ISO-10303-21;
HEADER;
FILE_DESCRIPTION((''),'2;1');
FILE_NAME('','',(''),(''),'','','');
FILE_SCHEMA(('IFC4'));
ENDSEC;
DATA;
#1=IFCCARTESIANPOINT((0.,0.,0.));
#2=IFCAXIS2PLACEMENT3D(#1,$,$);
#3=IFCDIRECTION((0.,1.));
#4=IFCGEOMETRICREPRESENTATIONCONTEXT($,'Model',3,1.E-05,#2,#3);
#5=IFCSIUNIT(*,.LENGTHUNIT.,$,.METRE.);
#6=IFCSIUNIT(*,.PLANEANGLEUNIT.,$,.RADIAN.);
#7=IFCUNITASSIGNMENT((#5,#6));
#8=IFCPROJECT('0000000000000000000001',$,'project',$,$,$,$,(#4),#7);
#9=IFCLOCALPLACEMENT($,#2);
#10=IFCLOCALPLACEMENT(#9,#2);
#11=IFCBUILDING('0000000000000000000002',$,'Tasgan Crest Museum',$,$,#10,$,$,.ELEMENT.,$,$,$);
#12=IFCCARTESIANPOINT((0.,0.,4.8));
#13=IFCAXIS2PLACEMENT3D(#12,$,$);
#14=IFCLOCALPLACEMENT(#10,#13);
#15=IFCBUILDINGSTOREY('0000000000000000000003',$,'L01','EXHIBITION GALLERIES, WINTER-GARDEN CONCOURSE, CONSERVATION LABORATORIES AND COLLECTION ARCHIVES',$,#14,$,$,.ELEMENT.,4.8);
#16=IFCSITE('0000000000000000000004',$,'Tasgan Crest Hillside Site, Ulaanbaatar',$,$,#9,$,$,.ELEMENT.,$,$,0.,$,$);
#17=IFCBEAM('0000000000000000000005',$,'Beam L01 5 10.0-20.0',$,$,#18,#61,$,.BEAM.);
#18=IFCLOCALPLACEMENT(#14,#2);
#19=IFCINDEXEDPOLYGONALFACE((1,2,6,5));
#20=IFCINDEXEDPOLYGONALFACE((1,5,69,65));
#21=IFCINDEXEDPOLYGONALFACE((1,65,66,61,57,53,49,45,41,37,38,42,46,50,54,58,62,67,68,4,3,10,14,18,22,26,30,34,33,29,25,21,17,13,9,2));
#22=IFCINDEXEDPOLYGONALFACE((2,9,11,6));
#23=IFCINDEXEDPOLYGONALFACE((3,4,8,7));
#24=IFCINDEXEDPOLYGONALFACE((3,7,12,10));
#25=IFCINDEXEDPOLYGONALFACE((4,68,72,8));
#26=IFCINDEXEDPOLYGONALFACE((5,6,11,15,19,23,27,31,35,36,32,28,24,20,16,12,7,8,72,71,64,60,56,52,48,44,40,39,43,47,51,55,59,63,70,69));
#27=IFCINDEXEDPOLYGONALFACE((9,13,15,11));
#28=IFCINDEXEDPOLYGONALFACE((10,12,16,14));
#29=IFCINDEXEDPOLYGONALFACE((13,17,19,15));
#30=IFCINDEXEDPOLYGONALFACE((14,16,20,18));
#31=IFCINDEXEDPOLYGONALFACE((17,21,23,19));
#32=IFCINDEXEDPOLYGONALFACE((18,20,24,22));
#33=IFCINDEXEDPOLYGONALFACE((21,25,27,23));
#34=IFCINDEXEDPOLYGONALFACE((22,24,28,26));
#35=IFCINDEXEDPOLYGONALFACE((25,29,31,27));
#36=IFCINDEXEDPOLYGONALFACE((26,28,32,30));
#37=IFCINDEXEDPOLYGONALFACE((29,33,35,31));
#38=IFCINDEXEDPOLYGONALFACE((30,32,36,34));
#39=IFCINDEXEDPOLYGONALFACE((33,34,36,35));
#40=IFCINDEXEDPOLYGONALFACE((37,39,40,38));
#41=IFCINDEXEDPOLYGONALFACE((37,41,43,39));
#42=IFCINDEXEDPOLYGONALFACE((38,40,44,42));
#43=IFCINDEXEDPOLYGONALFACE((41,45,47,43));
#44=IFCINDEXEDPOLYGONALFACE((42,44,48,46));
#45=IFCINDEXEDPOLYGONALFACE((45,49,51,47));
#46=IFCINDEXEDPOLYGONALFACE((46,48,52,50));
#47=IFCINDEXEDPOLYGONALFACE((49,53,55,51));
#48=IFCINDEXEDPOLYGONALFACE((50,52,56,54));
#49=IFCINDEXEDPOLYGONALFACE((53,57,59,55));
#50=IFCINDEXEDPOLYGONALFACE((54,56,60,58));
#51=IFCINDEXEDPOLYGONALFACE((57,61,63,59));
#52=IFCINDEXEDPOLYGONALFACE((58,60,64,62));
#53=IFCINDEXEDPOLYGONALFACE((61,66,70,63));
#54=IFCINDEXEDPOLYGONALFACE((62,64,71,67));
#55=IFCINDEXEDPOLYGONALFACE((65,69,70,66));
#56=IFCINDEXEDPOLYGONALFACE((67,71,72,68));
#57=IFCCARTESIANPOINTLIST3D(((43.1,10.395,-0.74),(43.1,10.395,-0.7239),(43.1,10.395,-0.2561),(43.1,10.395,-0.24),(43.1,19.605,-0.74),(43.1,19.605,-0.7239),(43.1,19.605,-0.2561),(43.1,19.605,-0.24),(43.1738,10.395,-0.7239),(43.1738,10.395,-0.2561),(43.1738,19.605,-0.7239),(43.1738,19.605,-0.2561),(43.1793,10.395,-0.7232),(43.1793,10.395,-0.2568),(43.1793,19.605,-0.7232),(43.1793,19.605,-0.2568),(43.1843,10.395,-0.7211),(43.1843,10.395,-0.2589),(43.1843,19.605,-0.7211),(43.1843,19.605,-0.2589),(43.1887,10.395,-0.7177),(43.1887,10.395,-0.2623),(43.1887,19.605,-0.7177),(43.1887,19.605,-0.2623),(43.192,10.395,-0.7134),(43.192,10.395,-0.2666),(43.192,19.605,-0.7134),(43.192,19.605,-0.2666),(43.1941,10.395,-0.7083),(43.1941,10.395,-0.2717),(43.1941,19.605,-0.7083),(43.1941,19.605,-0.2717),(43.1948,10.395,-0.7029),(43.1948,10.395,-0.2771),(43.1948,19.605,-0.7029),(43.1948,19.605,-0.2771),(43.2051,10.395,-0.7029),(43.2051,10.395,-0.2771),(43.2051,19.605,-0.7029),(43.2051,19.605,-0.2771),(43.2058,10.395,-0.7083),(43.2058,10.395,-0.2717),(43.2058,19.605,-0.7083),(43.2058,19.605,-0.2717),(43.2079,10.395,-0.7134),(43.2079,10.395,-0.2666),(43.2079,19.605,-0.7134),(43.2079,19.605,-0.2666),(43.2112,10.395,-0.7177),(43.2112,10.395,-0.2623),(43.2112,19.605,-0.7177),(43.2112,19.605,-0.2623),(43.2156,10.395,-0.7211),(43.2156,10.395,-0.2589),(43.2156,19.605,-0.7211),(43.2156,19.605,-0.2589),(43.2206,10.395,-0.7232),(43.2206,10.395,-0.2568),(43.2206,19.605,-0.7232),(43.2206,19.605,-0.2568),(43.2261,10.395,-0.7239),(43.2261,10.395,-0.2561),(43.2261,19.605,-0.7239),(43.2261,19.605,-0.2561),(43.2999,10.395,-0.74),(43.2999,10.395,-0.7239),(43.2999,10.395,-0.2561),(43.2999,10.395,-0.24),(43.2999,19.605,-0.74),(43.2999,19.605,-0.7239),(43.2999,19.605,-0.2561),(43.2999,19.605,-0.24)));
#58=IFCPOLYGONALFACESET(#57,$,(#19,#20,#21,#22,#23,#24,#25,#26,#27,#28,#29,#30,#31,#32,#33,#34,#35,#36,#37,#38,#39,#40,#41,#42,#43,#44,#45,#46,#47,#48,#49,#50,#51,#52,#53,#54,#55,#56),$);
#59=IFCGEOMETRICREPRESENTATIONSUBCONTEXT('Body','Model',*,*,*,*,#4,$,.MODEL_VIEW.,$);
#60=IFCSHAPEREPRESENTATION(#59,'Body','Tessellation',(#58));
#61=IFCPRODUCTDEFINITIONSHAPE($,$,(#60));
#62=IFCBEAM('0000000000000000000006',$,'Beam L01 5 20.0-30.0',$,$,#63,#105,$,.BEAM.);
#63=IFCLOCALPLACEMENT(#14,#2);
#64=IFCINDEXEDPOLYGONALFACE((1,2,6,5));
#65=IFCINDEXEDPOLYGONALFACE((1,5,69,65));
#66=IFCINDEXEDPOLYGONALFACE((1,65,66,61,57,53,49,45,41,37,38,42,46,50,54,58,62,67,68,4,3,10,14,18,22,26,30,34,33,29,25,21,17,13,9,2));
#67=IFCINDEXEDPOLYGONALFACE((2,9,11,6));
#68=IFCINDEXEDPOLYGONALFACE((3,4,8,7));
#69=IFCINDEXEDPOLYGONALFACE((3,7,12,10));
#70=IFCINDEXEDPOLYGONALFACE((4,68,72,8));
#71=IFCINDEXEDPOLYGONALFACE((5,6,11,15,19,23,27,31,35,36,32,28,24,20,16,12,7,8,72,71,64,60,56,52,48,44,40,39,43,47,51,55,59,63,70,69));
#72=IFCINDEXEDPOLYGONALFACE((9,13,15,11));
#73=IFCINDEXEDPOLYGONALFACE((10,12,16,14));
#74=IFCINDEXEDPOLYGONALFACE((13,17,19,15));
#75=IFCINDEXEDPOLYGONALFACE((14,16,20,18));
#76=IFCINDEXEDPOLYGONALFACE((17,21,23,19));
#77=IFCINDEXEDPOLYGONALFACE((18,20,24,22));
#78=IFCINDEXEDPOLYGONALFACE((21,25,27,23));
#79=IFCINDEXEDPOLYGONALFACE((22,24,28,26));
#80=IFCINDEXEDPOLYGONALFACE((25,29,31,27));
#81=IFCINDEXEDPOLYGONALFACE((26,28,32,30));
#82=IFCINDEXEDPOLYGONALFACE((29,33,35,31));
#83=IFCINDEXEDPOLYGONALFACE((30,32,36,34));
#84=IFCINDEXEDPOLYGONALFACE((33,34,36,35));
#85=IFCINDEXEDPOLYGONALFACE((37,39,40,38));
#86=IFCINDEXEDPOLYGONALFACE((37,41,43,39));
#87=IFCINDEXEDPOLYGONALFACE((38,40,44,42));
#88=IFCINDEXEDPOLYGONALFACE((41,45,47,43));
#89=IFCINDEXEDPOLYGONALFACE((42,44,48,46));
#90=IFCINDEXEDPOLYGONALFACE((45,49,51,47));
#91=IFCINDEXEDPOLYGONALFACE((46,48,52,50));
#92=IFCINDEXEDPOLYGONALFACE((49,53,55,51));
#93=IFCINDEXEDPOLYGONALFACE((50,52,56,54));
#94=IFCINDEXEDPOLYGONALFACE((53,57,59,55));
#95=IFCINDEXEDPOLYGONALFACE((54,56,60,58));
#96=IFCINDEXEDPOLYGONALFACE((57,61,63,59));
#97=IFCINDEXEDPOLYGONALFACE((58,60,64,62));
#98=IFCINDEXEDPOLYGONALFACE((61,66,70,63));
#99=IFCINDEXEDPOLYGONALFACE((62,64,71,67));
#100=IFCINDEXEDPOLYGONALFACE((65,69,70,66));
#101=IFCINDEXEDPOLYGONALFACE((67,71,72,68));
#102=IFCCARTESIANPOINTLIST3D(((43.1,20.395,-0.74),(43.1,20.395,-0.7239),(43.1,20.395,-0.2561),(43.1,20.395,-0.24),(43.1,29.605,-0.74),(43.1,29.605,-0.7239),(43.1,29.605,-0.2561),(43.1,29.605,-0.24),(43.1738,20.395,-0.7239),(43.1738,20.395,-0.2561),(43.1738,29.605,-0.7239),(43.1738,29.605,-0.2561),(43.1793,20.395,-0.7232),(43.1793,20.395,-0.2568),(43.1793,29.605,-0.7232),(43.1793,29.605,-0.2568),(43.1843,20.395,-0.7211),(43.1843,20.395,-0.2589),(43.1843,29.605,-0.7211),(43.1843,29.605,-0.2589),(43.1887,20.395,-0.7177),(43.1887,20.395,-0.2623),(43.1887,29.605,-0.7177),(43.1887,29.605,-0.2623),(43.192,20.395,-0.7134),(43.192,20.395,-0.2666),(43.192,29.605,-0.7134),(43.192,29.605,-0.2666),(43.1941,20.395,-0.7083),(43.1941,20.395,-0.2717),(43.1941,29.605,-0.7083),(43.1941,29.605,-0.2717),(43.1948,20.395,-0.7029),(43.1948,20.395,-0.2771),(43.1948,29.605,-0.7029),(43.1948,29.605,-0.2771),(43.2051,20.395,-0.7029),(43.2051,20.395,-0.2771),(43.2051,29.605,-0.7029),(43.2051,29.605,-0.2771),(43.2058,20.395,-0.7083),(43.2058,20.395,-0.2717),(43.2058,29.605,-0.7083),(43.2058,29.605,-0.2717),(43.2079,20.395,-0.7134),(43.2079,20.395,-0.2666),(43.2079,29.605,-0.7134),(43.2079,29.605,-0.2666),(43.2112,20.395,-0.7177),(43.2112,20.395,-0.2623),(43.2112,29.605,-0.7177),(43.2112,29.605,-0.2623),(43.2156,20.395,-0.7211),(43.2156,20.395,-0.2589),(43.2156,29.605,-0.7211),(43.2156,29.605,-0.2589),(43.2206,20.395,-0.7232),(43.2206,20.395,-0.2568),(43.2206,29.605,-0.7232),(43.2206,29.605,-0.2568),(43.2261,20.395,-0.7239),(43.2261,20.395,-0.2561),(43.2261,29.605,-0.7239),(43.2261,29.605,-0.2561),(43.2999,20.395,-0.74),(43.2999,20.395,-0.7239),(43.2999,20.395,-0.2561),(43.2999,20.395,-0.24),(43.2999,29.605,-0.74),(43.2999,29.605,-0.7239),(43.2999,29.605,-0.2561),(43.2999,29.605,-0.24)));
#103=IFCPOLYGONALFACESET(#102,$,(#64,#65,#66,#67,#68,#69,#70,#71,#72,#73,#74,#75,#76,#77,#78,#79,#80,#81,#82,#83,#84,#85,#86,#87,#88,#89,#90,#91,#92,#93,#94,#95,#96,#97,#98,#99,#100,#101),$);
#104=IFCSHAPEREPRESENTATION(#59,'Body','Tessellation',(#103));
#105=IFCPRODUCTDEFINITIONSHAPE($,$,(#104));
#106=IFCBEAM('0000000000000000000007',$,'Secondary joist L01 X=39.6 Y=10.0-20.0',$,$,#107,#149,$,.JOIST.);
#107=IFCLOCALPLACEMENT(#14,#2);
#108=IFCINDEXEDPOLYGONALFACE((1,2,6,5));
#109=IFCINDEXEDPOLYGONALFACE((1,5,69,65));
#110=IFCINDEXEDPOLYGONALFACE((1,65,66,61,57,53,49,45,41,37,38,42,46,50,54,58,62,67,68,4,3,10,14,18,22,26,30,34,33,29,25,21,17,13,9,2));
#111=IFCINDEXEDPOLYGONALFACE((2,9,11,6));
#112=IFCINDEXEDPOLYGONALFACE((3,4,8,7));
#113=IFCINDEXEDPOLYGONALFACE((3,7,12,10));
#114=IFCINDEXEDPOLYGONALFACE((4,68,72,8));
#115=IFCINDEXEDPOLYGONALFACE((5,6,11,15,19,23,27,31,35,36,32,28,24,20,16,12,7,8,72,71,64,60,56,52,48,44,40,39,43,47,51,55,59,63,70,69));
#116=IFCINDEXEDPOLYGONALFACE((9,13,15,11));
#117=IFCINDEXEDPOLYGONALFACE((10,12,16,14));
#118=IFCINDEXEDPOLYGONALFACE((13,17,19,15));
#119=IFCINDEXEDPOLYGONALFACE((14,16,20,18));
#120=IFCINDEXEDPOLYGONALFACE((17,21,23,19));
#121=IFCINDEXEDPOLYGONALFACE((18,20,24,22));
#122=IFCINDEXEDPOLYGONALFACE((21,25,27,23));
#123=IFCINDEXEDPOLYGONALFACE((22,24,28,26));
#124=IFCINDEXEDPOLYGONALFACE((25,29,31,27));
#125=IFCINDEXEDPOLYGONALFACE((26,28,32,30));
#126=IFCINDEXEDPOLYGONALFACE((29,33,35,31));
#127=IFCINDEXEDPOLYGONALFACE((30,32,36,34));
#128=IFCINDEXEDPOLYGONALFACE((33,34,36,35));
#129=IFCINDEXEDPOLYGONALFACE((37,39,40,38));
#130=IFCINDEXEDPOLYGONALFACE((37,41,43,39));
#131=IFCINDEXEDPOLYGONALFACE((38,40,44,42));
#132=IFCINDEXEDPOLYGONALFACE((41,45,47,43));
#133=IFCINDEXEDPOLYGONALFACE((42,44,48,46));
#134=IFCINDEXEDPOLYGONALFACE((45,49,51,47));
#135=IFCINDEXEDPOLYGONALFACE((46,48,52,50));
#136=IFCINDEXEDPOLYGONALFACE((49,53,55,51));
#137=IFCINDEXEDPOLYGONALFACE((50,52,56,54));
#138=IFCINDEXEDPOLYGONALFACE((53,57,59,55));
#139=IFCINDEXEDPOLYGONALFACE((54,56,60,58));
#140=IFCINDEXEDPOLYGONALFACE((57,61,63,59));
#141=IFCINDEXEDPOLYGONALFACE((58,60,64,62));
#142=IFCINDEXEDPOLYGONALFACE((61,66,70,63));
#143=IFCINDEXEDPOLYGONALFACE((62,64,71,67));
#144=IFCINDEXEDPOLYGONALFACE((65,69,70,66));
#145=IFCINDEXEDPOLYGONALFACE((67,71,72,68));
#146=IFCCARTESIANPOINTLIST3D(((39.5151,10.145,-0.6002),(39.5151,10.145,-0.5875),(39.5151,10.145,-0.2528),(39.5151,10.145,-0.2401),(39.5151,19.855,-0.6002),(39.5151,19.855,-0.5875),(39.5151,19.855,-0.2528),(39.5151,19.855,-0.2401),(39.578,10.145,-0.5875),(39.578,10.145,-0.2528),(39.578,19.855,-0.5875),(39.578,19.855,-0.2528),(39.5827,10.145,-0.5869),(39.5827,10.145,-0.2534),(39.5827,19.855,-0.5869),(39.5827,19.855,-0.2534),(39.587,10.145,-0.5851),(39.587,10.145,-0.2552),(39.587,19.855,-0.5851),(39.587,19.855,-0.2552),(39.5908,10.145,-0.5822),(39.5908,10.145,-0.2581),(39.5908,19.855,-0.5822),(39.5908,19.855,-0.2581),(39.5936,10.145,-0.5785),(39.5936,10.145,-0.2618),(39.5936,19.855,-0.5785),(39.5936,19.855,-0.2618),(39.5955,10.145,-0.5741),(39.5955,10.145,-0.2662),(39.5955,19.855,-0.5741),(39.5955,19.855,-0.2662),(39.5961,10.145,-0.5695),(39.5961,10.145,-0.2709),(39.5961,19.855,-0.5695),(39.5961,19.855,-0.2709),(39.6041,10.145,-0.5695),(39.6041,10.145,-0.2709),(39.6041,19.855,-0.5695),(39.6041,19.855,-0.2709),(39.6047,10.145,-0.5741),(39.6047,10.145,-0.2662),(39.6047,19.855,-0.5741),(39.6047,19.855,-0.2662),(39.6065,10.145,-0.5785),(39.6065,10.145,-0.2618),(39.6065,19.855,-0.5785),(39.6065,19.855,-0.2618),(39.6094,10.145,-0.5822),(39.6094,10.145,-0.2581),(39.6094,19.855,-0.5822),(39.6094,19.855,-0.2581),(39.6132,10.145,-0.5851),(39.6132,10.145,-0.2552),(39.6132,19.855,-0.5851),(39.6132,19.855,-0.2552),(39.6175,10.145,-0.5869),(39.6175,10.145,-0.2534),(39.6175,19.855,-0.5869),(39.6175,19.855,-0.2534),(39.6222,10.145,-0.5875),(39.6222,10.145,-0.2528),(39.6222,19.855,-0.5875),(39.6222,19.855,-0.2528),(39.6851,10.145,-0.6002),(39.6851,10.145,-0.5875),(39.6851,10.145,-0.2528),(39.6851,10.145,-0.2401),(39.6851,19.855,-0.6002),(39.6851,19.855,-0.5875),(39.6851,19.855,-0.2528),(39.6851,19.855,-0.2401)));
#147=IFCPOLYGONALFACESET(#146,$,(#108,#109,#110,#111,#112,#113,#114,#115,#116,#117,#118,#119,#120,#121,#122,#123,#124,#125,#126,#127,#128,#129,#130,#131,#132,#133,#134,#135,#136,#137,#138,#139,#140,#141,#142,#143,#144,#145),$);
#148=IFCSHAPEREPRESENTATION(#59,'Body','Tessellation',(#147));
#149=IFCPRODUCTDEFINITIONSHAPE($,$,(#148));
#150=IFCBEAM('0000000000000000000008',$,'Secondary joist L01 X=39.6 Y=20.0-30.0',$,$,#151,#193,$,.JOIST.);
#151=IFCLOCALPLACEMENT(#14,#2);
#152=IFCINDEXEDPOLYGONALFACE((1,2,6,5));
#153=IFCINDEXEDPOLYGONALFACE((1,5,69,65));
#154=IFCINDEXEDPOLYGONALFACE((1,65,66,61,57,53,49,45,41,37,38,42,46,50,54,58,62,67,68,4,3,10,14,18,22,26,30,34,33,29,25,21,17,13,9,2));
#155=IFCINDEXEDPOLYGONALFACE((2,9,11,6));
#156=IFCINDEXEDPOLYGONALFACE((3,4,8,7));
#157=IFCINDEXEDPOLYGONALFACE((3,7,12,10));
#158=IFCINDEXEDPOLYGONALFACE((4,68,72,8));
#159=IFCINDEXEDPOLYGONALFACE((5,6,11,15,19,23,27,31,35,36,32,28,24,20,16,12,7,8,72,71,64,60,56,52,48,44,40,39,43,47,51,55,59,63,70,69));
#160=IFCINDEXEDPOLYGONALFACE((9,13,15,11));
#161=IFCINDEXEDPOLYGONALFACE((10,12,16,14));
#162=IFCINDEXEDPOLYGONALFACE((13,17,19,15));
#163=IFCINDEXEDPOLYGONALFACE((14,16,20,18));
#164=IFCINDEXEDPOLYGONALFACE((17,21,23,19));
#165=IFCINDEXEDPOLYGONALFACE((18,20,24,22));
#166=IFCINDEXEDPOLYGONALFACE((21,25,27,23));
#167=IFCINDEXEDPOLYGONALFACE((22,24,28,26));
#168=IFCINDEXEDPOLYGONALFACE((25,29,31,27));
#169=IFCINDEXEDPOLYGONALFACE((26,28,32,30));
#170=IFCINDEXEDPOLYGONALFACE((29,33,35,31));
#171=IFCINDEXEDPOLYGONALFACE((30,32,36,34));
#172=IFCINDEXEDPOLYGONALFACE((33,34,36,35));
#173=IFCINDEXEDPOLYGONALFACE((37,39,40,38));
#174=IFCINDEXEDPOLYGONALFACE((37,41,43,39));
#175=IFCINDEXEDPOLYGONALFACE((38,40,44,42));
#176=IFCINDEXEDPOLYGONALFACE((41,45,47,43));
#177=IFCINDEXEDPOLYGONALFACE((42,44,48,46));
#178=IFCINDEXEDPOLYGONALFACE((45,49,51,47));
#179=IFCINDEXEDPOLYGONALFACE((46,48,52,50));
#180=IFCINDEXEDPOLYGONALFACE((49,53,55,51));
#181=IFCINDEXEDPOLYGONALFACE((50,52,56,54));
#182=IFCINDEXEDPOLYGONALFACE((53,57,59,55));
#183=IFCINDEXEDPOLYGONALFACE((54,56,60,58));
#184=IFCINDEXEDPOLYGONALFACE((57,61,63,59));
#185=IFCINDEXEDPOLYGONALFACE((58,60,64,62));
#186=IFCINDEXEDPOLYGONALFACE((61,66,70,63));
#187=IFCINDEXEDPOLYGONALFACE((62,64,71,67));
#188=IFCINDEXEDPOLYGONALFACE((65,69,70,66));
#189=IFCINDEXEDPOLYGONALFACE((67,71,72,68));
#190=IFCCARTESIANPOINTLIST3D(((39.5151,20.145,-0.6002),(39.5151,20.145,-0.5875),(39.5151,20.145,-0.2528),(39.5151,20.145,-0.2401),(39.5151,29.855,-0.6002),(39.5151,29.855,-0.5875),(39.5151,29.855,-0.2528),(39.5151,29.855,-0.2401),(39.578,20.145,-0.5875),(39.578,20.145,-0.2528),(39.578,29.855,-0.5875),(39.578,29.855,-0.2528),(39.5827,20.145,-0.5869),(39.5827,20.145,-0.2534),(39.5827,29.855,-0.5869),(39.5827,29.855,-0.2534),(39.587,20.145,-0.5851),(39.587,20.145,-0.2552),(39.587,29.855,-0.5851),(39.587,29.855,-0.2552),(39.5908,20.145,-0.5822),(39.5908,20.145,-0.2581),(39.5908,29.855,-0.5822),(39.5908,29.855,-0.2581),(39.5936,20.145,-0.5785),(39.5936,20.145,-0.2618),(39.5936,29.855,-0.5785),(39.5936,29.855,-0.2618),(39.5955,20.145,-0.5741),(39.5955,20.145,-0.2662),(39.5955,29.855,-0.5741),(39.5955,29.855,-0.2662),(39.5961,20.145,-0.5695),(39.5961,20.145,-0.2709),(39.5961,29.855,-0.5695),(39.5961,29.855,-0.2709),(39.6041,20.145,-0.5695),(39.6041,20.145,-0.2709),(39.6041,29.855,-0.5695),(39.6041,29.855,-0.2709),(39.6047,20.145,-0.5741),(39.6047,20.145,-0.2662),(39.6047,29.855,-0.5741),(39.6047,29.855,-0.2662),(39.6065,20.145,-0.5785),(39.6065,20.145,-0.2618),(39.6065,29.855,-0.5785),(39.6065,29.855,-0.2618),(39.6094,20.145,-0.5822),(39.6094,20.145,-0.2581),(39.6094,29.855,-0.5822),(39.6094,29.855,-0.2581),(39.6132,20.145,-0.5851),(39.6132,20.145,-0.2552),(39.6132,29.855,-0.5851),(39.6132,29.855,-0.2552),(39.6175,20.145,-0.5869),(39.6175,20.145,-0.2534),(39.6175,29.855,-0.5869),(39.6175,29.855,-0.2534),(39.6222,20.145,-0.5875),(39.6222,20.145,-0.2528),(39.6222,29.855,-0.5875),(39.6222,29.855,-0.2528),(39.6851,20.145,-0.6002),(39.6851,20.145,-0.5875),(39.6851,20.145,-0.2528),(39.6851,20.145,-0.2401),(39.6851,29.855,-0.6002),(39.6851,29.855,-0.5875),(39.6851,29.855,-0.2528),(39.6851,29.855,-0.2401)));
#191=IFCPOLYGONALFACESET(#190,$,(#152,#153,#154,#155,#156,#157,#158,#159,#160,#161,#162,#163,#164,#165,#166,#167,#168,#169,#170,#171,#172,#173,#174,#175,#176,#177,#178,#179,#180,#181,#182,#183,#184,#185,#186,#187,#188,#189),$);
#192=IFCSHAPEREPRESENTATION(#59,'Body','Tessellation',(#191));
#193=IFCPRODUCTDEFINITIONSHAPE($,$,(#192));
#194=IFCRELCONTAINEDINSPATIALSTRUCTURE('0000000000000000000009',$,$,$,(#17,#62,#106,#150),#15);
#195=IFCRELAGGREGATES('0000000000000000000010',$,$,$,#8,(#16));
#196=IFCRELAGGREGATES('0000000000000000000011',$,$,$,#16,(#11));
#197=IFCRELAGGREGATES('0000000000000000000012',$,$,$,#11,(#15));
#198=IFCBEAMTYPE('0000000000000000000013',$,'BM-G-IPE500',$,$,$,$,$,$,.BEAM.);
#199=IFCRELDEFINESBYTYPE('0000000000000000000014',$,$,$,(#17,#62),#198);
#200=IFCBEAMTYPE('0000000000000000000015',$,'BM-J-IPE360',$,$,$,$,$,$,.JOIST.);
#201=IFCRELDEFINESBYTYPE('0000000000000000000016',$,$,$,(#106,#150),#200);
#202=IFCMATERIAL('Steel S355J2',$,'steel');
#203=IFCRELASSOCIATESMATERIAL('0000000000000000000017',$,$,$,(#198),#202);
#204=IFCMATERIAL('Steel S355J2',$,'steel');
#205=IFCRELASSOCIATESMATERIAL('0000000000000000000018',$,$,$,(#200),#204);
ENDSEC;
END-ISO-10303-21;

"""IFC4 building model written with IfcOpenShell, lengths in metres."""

from ifc_helpers import new_model, si_unit, direction, frame, origin, origin_2d, place, context, subcontext, project, spatial, i_section, extrude, material, material_profile, profile_set, type_object, element, save


model = new_model("IFC4")

# Units and contexts
model_context = context("Model", 3, precision=1e-05, world=origin(), true_north=direction((0.0, 1.0)))
body_context = subcontext(model_context, "Body", "Model", "MODEL_VIEW")
ifc_project = project(units=[si_unit("LENGTHUNIT", "METRE"), si_unit("PLANEANGLEUNIT", "RADIAN")], contexts=[model_context])

# Site, building, storey
site_placement = place(None, origin())
site = spatial("IfcSite", under=ifc_project, at=site_placement, Name="Tasgan Crest Hillside Site, Ulaanbaatar", CompositionType="ELEMENT", RefElevation=0.0)
building_placement = place(site_placement, origin())
building = spatial("IfcBuilding", under=site, at=building_placement, Name="Tasgan Crest Museum", CompositionType="ELEMENT")
storey_placement = place(building_placement, frame((0.0, 0.0, 4.8)))
storey = spatial("IfcBuildingStorey", under=building, at=storey_placement, Name="L01", Description="EXHIBITION GALLERIES, WINTER-GARDEN CONCOURSE, CONSERVATION LABORATORIES AND COLLECTION ARCHIVES", CompositionType="ELEMENT", Elevation=4.8)

# Beams
ifc_material_1 = material(Name="Steel S355J2", Category="steel")
ifc_material_profile_1 = material_profile(ifc_material_1, i_section(OverallWidth=0.2, OverallDepth=0.5, WebThickness=0.0103, FlangeThickness=0.0161, FilletRadius=0.021, at=origin_2d()), Name="IPE 500")
ifc_profile_set_1 = profile_set([ifc_material_profile_1], Name="Steel S355J2")
beam_type_1 = type_object("IfcBeamType", Name="BM-G-IPE500", PredefinedType="BEAM", material=ifc_profile_set_1)
for number, where, z_axis, x_axis, name in (
    (1, (43.2, 10.395, -0.49), (0.0, 1.0, 0.0), (-1.0, 0.0, 0.0), "Beam L01 5 10.0-20.0"),
    (2, (43.2, 20.395, -0.49), (0.0, 1.0, 0.0), (-1.0, 0.0, 0.0), "Beam L01 5 20.0-30.0"),
):
    element("IfcBeam", number, at=place(storey_placement, frame(where, z_axis=z_axis, x_axis=x_axis)), inside=storey, type_object=beam_type_1, Name=name, PredefinedType="BEAM", context=body_context, shape_type="SweptSolid", body=[
        extrude(i_section(OverallWidth=0.2, OverallDepth=0.5, WebThickness=0.0103, FlangeThickness=0.0161, FilletRadius=0.021, at=origin_2d()), origin(), (0.0, 0.0, 1.0), 9.21),
    ])
ifc_material_2 = material(Name="Steel S355J2", Category="steel")
ifc_material_profile_2 = material_profile(ifc_material_2, i_section(OverallWidth=0.1699, OverallDepth=0.3601, WebThickness=0.0081, FlangeThickness=0.0127, FilletRadius=0.0181, at=origin_2d()), Name="IPE 360")
ifc_profile_set_2 = profile_set([ifc_material_profile_2], Name="Steel S355J2")
beam_type_2 = type_object("IfcBeamType", Name="BM-J-IPE360", PredefinedType="JOIST", material=ifc_profile_set_2)
for number, where, z_axis, x_axis, name in (
    (3, (39.6001, 10.145, -0.4202), (0.0, 1.0, 0.0), (-1.0, 0.0, 0.0), "Secondary joist L01 X=39.6 Y=10.0-20.0"),
    (4, (39.6001, 20.145, -0.4202), (0.0, 1.0, 0.0), (-1.0, 0.0, 0.0), "Secondary joist L01 X=39.6 Y=20.0-30.0"),
):
    element("IfcBeam", number, at=place(storey_placement, frame(where, z_axis=z_axis, x_axis=x_axis)), inside=storey, type_object=beam_type_2, Name=name, PredefinedType="JOIST", context=body_context, shape_type="SweptSolid", body=[
        extrude(i_section(OverallWidth=0.1699, OverallDepth=0.3601, WebThickness=0.0081, FlangeThickness=0.0127, FilletRadius=0.0181, at=origin_2d()), origin(), (0.0, 0.0, 1.0), 9.71),
    ])

save(model, "model.ifc")
